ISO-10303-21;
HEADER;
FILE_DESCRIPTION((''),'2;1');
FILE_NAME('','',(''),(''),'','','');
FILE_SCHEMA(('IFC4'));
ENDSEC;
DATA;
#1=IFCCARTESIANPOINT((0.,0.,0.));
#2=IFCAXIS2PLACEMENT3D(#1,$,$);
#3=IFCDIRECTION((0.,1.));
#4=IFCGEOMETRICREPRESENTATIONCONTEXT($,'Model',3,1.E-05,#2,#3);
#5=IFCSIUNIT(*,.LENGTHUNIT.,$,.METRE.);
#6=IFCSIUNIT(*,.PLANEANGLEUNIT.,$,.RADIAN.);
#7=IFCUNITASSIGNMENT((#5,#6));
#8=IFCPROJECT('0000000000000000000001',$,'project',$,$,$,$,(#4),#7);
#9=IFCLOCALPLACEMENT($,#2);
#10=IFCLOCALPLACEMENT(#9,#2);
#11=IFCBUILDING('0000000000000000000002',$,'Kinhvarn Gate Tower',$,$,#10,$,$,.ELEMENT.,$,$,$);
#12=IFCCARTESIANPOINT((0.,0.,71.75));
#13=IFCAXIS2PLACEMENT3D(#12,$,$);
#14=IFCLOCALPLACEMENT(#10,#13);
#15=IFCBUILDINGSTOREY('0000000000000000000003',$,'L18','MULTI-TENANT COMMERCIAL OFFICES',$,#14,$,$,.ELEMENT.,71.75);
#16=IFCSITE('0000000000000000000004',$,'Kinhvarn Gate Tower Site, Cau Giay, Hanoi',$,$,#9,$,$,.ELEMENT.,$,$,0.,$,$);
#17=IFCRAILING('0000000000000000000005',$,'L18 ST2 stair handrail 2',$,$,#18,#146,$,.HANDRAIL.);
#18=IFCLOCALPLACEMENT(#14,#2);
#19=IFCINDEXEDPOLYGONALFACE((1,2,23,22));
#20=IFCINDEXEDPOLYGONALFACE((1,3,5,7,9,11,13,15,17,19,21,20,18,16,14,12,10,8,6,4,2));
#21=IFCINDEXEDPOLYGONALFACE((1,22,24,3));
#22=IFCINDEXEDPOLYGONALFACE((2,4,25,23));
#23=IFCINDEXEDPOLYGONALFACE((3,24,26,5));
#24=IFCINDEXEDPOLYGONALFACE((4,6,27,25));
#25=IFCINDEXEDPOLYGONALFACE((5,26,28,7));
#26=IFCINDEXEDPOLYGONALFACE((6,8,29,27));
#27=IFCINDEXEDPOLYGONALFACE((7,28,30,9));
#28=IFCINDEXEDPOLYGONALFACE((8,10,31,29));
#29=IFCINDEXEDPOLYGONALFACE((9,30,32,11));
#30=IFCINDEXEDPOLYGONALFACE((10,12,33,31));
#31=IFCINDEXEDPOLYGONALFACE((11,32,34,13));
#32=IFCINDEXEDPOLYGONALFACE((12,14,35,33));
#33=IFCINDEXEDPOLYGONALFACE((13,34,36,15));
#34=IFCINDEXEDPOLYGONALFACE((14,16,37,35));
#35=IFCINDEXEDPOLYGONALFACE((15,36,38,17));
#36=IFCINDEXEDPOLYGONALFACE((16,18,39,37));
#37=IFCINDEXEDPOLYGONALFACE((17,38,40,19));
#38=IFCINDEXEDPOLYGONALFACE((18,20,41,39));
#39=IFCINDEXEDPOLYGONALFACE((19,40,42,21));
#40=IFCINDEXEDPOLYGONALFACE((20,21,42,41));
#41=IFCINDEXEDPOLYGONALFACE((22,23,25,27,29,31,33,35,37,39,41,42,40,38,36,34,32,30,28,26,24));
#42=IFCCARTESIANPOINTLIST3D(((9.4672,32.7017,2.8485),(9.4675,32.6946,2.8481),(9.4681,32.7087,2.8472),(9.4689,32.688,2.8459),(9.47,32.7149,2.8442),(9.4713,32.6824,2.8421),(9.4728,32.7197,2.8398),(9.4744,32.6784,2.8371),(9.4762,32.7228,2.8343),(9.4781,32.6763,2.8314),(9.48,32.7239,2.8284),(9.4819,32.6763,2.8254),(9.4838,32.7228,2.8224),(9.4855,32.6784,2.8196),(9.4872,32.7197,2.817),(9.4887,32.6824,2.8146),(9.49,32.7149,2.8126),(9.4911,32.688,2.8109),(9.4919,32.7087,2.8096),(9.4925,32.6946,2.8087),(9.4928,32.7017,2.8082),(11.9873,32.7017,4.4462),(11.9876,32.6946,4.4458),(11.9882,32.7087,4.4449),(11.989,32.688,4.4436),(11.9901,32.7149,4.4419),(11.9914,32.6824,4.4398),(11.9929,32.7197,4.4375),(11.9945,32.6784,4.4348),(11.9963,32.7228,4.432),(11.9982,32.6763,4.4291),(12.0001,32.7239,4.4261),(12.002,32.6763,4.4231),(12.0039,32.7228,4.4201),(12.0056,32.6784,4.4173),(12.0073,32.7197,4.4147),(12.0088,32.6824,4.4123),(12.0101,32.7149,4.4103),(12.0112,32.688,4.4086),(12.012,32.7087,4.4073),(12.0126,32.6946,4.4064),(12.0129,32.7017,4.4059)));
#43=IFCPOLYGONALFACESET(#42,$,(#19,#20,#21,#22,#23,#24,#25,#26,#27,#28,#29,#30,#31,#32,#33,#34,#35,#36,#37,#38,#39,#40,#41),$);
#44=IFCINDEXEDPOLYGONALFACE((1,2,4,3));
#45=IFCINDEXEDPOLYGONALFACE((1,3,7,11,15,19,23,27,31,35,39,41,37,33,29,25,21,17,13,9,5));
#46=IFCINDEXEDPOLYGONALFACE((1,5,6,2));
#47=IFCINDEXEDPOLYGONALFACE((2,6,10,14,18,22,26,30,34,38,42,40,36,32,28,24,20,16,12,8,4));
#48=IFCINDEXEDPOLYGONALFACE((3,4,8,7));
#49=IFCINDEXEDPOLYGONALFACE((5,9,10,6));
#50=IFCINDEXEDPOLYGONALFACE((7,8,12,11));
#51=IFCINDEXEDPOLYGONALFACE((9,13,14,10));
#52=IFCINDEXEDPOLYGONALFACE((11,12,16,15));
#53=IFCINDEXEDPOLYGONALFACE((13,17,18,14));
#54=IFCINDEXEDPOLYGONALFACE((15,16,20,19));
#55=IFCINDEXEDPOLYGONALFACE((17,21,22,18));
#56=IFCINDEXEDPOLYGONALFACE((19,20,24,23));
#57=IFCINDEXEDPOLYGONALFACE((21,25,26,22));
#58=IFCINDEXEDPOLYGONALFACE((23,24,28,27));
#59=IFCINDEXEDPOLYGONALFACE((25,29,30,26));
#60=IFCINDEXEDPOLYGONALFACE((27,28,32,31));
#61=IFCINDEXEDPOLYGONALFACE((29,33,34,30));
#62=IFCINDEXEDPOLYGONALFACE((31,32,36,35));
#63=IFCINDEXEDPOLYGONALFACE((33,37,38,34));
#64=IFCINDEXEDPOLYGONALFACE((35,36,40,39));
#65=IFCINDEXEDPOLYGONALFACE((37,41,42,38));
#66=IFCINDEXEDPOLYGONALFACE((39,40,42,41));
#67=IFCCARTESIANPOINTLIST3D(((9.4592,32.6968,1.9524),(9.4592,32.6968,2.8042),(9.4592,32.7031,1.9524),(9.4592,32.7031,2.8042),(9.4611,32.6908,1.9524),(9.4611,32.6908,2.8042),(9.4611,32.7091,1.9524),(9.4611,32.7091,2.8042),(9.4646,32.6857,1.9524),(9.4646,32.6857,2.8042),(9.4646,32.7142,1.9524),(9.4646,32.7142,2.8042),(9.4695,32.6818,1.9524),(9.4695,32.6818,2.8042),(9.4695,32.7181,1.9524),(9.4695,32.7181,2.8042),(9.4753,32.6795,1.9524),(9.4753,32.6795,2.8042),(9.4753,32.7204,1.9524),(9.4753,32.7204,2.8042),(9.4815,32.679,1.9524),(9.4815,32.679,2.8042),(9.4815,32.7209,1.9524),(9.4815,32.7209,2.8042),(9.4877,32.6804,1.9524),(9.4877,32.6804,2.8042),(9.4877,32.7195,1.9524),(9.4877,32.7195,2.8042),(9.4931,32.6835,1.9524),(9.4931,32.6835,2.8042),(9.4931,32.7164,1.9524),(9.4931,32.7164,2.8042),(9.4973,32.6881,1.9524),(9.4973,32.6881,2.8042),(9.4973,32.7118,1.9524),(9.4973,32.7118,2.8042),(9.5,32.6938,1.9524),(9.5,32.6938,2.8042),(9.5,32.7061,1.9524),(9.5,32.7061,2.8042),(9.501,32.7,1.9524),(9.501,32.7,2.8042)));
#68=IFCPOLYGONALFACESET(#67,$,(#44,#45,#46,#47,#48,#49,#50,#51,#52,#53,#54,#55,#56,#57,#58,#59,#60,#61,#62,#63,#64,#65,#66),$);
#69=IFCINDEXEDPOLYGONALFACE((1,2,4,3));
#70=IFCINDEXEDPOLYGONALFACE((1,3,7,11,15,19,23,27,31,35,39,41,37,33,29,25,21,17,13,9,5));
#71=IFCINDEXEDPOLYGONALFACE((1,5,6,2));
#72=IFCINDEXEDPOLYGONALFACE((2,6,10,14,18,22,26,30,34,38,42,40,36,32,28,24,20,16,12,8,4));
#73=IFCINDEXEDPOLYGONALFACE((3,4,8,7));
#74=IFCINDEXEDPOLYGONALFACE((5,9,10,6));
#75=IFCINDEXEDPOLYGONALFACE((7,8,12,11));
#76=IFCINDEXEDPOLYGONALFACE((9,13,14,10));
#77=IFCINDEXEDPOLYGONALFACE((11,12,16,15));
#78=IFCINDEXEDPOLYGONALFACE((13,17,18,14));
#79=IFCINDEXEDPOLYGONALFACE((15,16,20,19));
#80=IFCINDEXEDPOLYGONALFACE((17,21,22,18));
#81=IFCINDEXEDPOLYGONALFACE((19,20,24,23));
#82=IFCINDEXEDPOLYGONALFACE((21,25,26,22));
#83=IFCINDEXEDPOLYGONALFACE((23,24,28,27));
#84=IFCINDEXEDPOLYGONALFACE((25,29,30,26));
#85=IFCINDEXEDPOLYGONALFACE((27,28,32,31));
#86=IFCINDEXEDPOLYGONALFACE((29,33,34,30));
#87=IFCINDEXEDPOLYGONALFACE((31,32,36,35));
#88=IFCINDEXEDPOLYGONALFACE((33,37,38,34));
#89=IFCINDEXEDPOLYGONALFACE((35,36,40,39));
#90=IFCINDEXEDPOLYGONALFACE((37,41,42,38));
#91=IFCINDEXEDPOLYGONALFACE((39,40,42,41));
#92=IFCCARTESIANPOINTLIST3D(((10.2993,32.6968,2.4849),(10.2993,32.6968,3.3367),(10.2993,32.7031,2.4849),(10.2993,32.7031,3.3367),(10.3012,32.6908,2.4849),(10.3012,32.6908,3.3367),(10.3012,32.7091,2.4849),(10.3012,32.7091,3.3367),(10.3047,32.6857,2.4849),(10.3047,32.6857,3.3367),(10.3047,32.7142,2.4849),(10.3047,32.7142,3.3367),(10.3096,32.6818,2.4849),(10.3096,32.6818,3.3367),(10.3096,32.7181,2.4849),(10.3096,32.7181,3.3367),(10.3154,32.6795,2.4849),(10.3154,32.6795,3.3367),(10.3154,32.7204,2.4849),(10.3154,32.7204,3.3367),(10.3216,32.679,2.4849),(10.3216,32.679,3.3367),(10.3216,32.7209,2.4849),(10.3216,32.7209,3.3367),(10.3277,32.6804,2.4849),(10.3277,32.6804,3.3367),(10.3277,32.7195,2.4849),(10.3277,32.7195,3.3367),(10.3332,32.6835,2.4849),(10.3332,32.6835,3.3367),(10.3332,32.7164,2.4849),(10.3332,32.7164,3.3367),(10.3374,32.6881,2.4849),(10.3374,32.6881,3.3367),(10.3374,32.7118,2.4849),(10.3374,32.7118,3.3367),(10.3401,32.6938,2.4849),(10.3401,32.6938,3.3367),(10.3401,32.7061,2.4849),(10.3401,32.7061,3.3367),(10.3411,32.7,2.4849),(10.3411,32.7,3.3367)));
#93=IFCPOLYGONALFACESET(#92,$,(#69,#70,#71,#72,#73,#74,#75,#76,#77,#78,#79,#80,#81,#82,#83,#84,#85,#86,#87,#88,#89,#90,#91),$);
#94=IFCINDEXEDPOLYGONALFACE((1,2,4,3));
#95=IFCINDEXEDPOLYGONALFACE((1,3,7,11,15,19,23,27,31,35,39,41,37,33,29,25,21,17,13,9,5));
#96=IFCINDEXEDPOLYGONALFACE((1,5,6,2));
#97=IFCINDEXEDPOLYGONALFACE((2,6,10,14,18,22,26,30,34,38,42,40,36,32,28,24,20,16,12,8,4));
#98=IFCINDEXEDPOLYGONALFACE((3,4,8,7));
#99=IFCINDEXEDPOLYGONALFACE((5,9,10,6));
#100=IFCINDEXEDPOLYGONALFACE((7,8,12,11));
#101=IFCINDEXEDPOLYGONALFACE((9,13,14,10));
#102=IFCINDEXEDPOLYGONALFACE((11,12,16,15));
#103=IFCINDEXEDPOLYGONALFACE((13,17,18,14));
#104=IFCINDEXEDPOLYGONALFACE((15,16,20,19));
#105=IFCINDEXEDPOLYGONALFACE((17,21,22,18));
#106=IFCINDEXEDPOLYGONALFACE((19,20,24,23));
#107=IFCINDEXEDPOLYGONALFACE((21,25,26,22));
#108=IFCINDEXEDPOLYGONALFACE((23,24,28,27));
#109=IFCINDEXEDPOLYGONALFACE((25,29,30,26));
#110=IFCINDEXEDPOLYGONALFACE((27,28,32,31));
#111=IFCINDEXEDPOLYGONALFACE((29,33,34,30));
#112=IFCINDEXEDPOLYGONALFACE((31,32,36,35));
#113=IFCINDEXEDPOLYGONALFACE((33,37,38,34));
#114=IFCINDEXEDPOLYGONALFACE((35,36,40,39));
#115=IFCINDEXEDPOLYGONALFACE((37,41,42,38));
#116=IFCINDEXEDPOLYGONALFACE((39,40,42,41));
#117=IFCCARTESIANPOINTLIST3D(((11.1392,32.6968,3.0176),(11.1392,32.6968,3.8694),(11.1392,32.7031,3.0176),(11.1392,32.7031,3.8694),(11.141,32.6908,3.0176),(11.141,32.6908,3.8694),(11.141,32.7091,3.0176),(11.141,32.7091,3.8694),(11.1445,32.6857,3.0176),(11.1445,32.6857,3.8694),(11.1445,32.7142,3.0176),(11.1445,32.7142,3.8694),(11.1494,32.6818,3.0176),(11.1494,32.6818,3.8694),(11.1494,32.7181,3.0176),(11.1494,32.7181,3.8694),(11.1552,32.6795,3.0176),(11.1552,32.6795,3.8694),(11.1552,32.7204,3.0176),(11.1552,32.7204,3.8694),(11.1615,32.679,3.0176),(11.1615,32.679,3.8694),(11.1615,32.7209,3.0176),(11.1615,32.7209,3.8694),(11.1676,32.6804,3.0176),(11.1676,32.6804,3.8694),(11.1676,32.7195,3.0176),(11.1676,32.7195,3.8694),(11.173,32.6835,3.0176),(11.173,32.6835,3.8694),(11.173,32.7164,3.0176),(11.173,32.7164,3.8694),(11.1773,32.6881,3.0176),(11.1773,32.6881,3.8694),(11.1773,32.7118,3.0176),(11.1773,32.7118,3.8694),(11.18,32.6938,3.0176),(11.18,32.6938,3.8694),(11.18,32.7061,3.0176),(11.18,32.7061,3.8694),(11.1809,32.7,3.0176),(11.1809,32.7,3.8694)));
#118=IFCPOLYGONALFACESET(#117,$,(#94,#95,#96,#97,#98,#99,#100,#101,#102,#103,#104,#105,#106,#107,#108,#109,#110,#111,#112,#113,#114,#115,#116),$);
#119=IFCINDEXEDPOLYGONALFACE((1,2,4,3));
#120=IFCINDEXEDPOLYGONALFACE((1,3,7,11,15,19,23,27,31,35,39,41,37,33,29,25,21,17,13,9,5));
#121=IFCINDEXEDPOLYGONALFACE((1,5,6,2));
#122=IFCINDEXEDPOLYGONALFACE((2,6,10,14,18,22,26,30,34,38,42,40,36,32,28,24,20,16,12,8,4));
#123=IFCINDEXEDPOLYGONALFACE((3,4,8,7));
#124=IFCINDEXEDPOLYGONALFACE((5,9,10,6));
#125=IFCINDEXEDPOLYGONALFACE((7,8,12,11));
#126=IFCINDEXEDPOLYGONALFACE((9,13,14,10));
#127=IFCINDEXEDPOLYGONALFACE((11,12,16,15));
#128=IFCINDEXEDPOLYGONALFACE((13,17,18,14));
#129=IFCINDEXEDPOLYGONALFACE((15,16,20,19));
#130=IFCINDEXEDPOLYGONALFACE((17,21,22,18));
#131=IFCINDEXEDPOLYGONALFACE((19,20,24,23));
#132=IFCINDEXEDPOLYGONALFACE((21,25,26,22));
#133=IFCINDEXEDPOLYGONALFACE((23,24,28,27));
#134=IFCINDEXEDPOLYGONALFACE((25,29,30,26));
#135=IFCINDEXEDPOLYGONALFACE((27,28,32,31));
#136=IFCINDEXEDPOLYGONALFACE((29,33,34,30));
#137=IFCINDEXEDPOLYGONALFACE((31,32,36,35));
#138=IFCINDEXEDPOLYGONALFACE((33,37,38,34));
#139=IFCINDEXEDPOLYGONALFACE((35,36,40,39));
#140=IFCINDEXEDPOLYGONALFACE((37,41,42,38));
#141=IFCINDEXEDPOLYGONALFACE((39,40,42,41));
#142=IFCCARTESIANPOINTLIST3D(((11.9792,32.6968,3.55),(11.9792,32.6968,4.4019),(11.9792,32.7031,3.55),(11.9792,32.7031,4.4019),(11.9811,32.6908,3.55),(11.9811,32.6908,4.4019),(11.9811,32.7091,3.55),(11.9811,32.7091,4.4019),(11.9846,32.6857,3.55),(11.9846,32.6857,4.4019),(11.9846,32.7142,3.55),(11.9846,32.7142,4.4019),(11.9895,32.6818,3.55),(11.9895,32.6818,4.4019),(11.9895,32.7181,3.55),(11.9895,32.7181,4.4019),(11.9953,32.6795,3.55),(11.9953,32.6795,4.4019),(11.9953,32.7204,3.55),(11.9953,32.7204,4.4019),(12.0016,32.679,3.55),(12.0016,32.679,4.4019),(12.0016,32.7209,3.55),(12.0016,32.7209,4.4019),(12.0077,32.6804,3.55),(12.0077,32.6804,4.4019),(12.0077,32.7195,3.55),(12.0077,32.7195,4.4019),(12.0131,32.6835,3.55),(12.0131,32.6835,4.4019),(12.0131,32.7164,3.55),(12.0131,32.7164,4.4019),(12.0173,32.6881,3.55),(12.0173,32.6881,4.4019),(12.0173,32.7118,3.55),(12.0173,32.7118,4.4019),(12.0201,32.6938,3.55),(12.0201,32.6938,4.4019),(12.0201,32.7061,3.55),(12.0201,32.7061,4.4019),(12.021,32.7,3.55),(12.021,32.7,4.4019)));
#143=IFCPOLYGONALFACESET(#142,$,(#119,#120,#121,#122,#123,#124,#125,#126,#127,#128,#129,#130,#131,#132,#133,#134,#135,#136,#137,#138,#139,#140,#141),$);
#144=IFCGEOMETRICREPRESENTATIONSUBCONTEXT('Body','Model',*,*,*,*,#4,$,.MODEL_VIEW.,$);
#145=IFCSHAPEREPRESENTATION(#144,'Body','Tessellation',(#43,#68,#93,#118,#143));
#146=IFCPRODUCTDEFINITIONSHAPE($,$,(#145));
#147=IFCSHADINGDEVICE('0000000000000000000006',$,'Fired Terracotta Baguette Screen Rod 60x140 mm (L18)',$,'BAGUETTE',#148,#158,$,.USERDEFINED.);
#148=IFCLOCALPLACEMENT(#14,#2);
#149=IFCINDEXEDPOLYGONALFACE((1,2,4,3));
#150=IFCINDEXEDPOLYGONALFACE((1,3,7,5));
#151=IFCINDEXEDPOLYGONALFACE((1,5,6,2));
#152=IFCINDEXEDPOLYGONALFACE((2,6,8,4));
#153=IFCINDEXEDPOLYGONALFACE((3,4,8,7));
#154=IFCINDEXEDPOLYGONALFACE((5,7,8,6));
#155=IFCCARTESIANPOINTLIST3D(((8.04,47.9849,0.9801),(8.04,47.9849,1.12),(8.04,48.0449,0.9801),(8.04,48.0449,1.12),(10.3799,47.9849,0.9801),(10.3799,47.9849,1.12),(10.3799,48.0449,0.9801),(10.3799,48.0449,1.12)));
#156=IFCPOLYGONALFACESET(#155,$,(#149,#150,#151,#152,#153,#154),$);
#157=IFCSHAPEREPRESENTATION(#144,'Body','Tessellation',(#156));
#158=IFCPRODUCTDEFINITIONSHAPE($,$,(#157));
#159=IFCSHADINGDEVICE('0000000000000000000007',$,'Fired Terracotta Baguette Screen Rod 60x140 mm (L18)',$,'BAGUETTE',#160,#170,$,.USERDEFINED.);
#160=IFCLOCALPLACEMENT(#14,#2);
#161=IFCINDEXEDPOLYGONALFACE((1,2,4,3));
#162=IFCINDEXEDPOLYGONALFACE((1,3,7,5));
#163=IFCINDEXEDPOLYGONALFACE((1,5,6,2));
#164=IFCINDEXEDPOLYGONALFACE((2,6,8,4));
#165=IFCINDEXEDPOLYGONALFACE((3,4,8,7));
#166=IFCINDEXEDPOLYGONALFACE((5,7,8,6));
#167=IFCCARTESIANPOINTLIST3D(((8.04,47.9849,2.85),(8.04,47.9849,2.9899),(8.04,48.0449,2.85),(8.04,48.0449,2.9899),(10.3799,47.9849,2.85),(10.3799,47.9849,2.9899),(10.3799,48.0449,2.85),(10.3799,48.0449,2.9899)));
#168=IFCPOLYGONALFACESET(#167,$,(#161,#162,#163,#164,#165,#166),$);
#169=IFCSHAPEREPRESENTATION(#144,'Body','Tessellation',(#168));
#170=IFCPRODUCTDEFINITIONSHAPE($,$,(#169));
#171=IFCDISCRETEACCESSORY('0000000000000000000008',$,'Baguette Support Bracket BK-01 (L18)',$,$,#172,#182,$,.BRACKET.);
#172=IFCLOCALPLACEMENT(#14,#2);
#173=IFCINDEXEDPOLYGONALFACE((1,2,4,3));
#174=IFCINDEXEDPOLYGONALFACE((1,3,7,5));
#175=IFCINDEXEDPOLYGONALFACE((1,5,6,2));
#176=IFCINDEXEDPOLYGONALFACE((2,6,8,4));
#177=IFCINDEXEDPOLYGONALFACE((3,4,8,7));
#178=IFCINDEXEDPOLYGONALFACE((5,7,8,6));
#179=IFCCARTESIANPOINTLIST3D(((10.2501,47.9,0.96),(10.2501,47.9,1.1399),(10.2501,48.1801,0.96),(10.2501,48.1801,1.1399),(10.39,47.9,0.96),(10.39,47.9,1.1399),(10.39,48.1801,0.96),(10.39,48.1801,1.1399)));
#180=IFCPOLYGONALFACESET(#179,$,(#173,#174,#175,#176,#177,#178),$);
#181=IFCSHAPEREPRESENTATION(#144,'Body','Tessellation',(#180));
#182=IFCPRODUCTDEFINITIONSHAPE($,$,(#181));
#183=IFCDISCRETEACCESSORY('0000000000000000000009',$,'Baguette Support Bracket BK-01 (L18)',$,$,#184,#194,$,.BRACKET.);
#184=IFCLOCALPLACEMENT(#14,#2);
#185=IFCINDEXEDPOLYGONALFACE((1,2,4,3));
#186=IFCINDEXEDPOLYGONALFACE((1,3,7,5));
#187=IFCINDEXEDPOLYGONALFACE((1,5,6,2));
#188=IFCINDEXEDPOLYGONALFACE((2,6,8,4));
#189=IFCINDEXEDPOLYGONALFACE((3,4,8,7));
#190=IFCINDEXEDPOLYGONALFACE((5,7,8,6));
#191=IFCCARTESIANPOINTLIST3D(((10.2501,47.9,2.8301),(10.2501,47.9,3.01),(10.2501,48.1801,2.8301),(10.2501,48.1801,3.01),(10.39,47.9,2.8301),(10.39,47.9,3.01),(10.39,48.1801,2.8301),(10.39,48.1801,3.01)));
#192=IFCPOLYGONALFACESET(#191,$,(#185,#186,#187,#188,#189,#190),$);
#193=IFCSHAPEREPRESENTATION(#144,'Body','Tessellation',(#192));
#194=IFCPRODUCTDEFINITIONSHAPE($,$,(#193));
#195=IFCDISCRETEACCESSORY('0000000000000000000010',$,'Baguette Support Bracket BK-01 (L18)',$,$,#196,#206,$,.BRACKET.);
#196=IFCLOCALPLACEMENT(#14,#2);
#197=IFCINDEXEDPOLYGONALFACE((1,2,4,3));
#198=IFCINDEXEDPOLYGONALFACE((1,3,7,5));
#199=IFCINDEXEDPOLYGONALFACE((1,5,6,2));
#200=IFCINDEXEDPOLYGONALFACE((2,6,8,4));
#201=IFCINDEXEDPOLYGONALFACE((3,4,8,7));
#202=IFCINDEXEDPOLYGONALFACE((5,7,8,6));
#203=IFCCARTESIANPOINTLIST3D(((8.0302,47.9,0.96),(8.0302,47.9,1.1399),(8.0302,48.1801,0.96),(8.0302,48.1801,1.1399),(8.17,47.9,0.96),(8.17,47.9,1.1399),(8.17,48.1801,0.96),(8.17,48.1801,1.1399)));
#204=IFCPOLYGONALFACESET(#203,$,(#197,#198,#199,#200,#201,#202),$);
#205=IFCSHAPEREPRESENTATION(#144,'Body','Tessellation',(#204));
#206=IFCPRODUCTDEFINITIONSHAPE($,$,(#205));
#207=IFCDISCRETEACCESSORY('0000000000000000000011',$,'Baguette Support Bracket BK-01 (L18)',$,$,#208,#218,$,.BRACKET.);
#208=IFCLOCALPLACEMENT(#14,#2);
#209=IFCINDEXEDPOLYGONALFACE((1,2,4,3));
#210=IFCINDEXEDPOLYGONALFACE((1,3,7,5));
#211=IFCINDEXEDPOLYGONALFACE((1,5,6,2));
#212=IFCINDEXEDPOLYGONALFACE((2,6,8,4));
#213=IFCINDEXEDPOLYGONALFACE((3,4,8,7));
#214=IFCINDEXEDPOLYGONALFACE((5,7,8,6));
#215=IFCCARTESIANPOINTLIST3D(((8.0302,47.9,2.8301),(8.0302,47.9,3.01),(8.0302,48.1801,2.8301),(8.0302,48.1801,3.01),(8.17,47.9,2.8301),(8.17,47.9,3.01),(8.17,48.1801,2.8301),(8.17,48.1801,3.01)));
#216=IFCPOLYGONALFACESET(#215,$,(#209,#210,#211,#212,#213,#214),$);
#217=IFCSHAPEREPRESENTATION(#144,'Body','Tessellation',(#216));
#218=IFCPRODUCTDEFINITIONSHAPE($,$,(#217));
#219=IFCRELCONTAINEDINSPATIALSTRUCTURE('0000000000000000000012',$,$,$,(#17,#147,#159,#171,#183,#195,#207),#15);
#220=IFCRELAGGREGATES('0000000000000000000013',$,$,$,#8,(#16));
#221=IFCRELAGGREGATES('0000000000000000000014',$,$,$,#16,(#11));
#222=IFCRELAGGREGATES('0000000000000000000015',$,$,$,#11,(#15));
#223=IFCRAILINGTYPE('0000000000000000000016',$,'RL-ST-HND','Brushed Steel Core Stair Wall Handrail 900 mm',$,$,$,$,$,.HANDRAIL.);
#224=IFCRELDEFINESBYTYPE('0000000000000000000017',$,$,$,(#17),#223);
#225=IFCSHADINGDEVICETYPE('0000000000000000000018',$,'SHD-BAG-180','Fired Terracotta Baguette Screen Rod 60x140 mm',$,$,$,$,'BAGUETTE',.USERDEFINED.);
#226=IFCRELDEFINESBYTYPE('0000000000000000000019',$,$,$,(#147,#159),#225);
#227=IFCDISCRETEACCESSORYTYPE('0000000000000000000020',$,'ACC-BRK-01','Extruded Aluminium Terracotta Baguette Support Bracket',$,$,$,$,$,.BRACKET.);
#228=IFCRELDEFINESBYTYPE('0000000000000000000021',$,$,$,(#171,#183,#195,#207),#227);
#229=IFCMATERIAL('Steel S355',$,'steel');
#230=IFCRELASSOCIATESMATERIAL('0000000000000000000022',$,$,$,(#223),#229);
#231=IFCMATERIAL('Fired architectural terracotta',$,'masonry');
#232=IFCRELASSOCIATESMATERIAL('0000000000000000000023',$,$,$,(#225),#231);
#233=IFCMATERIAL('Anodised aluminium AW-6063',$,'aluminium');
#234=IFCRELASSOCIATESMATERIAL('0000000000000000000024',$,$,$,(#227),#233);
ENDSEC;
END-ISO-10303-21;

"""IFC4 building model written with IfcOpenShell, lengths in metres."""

from ifc_helpers import new_model, si_unit, direction, frame, origin, origin_2d, place, context, subcontext, project, spatial, rectangle, circle, extrude, material, material_profile, profile_set, type_object, element, save


model = new_model("IFC4")

# Units and contexts
model_context = context("Model", 3, precision=1e-05, world=origin(), true_north=direction((0.0, 1.0)))
body_context = subcontext(model_context, "Body", "Model", "MODEL_VIEW")
ifc_project = project(units=[si_unit("LENGTHUNIT", "METRE"), si_unit("PLANEANGLEUNIT", "RADIAN")], contexts=[model_context])

# Site, building, storey
site_placement = place(None, origin())
site = spatial("IfcSite", under=ifc_project, at=site_placement, Name="Kinhvarn Gate Tower Site, Cau Giay, Hanoi", CompositionType="ELEMENT", RefElevation=0.0)
building_placement = place(site_placement, origin())
building = spatial("IfcBuilding", under=site, at=building_placement, Name="Kinhvarn Gate Tower", CompositionType="ELEMENT")
storey_placement = place(building_placement, frame((0.0, 0.0, 71.75)))
storey = spatial("IfcBuildingStorey", under=building, at=storey_placement, Name="L18", Description="MULTI-TENANT COMMERCIAL OFFICES", CompositionType="ELEMENT", Elevation=71.75)

# Shared definitions
ifc_material_1 = material(Name="Anodised aluminium AW-6063", Category="aluminium")

# Shared definitions
ifc_material_2 = material(Name="Steel S355", Category="steel")

# Shared definitions
ifc_material_3 = material(Name="Fired architectural terracotta", Category="masonry")

# Railing
railing_type_1 = type_object("IfcRailingType", Name="RL-ST-HND", Description="Brushed Steel Core Stair Wall Handrail 900 mm", PredefinedType="HANDRAIL", material=ifc_material_2)
railing_1_placement = place(storey_placement, frame((9.48, 32.7, 1.9524)))
element("IfcRailing", 1, at=railing_1_placement, inside=storey, type_object=railing_type_1, Name="L18 ST2 stair handrail 2", PredefinedType="HANDRAIL", context=body_context, shape_type="SweptSolid", body=[
    extrude(circle(Radius=0.0239, at=origin_2d()), frame((0.0, 0.0, 0.876), z_axis=(0.84457, 0.0, 0.535445), x_axis=(0.0, 1.0, 0.0)), (0.0, 0.0, 1.0), 2.9839),
    extrude(circle(Radius=0.021, at=origin_2d()), origin(), (0.0, 0.0, 1.0), 0.8518),
    extrude(circle(Radius=0.021, at=origin_2d()), frame((0.8401, 0.0, 0.5325)), (0.0, 0.0, 1.0), 0.8518),
    extrude(circle(Radius=0.021, at=origin_2d()), frame((1.6799, 0.0, 1.0652)), (0.0, 0.0, 1.0), 0.8518),
    extrude(circle(Radius=0.021, at=origin_2d()), frame((2.52, 0.0, 1.5977)), (0.0, 0.0, 1.0), 0.8518),
])

# Shading devices
ifc_material_profile_1 = material_profile(ifc_material_3, rectangle(XDim=0.0601, YDim=0.1399, at=origin_2d()), Name="TC 60x140")
ifc_profile_set_1 = profile_set([ifc_material_profile_1], Name="Fired architectural terracotta")
shading_device_type = type_object("IfcShadingDeviceType", Name="SHD-BAG-180", Description="Fired Terracotta Baguette Screen Rod 60x140 mm", ElementType="BAGUETTE", PredefinedType="USERDEFINED", material=ifc_profile_set_1)
for number, where, z_axis, x_axis, name in (
    (2, (10.3799, 48.0149, 1.05), (-1.0, 0.0, 0.0), (0.0, -1.0, 0.0), "Fired Terracotta Baguette Screen Rod 60x140 mm (L18)"),
    (3, (10.3799, 48.0149, 2.9199), (-1.0, 0.0, 0.0), (0.0, -1.0, 0.0), "Fired Terracotta Baguette Screen Rod 60x140 mm (L18)"),
):
    element("IfcShadingDevice", number, at=place(storey_placement, frame(where, z_axis=z_axis, x_axis=x_axis)), inside=storey, type_object=shading_device_type, Name=name, ObjectType="BAGUETTE", PredefinedType="USERDEFINED", context=body_context, shape_type="SweptSolid", body=[
        extrude(rectangle(XDim=0.0601, YDim=0.1399, at=origin_2d()), origin(), (0.0, 0.0, 1.0), 2.3398),
    ])

# Discrete accessories
discrete_accessory_type = type_object("IfcDiscreteAccessoryType", Name="ACC-BRK-01", Description="Extruded Aluminium Terracotta Baguette Support Bracket", PredefinedType="BRACKET", material=ifc_material_1)
for number, where, z_axis, x_axis, name in (
    (4, (10.3201, 48.04, 0.96), (0.0, 0.0, 1.0), (-1.0, 0.0, 0.0), "Baguette Support Bracket BK-01 (L18)"),
    (5, (10.3201, 48.04, 2.8301), (0.0, 0.0, 1.0), (-1.0, 0.0, 0.0), "Baguette Support Bracket BK-01 (L18)"),
    (6, (8.1001, 48.04, 0.96), (0.0, 0.0, 1.0), (-1.0, 0.0, 0.0), "Baguette Support Bracket BK-01 (L18)"),
    (7, (8.1001, 48.04, 2.8301), (0.0, 0.0, 1.0), (-1.0, 0.0, 0.0), "Baguette Support Bracket BK-01 (L18)"),
):
    element("IfcDiscreteAccessory", number, at=place(storey_placement, frame(where, z_axis=z_axis, x_axis=x_axis)), inside=storey, type_object=discrete_accessory_type, Name=name, PredefinedType="BRACKET", context=body_context, shape_type="SweptSolid", body=[
        extrude(rectangle(XDim=0.1399, YDim=0.28, at=origin_2d()), origin(), (0.0, 0.0, 1.0), 0.1799),
    ])

save(model, "model.ifc")
